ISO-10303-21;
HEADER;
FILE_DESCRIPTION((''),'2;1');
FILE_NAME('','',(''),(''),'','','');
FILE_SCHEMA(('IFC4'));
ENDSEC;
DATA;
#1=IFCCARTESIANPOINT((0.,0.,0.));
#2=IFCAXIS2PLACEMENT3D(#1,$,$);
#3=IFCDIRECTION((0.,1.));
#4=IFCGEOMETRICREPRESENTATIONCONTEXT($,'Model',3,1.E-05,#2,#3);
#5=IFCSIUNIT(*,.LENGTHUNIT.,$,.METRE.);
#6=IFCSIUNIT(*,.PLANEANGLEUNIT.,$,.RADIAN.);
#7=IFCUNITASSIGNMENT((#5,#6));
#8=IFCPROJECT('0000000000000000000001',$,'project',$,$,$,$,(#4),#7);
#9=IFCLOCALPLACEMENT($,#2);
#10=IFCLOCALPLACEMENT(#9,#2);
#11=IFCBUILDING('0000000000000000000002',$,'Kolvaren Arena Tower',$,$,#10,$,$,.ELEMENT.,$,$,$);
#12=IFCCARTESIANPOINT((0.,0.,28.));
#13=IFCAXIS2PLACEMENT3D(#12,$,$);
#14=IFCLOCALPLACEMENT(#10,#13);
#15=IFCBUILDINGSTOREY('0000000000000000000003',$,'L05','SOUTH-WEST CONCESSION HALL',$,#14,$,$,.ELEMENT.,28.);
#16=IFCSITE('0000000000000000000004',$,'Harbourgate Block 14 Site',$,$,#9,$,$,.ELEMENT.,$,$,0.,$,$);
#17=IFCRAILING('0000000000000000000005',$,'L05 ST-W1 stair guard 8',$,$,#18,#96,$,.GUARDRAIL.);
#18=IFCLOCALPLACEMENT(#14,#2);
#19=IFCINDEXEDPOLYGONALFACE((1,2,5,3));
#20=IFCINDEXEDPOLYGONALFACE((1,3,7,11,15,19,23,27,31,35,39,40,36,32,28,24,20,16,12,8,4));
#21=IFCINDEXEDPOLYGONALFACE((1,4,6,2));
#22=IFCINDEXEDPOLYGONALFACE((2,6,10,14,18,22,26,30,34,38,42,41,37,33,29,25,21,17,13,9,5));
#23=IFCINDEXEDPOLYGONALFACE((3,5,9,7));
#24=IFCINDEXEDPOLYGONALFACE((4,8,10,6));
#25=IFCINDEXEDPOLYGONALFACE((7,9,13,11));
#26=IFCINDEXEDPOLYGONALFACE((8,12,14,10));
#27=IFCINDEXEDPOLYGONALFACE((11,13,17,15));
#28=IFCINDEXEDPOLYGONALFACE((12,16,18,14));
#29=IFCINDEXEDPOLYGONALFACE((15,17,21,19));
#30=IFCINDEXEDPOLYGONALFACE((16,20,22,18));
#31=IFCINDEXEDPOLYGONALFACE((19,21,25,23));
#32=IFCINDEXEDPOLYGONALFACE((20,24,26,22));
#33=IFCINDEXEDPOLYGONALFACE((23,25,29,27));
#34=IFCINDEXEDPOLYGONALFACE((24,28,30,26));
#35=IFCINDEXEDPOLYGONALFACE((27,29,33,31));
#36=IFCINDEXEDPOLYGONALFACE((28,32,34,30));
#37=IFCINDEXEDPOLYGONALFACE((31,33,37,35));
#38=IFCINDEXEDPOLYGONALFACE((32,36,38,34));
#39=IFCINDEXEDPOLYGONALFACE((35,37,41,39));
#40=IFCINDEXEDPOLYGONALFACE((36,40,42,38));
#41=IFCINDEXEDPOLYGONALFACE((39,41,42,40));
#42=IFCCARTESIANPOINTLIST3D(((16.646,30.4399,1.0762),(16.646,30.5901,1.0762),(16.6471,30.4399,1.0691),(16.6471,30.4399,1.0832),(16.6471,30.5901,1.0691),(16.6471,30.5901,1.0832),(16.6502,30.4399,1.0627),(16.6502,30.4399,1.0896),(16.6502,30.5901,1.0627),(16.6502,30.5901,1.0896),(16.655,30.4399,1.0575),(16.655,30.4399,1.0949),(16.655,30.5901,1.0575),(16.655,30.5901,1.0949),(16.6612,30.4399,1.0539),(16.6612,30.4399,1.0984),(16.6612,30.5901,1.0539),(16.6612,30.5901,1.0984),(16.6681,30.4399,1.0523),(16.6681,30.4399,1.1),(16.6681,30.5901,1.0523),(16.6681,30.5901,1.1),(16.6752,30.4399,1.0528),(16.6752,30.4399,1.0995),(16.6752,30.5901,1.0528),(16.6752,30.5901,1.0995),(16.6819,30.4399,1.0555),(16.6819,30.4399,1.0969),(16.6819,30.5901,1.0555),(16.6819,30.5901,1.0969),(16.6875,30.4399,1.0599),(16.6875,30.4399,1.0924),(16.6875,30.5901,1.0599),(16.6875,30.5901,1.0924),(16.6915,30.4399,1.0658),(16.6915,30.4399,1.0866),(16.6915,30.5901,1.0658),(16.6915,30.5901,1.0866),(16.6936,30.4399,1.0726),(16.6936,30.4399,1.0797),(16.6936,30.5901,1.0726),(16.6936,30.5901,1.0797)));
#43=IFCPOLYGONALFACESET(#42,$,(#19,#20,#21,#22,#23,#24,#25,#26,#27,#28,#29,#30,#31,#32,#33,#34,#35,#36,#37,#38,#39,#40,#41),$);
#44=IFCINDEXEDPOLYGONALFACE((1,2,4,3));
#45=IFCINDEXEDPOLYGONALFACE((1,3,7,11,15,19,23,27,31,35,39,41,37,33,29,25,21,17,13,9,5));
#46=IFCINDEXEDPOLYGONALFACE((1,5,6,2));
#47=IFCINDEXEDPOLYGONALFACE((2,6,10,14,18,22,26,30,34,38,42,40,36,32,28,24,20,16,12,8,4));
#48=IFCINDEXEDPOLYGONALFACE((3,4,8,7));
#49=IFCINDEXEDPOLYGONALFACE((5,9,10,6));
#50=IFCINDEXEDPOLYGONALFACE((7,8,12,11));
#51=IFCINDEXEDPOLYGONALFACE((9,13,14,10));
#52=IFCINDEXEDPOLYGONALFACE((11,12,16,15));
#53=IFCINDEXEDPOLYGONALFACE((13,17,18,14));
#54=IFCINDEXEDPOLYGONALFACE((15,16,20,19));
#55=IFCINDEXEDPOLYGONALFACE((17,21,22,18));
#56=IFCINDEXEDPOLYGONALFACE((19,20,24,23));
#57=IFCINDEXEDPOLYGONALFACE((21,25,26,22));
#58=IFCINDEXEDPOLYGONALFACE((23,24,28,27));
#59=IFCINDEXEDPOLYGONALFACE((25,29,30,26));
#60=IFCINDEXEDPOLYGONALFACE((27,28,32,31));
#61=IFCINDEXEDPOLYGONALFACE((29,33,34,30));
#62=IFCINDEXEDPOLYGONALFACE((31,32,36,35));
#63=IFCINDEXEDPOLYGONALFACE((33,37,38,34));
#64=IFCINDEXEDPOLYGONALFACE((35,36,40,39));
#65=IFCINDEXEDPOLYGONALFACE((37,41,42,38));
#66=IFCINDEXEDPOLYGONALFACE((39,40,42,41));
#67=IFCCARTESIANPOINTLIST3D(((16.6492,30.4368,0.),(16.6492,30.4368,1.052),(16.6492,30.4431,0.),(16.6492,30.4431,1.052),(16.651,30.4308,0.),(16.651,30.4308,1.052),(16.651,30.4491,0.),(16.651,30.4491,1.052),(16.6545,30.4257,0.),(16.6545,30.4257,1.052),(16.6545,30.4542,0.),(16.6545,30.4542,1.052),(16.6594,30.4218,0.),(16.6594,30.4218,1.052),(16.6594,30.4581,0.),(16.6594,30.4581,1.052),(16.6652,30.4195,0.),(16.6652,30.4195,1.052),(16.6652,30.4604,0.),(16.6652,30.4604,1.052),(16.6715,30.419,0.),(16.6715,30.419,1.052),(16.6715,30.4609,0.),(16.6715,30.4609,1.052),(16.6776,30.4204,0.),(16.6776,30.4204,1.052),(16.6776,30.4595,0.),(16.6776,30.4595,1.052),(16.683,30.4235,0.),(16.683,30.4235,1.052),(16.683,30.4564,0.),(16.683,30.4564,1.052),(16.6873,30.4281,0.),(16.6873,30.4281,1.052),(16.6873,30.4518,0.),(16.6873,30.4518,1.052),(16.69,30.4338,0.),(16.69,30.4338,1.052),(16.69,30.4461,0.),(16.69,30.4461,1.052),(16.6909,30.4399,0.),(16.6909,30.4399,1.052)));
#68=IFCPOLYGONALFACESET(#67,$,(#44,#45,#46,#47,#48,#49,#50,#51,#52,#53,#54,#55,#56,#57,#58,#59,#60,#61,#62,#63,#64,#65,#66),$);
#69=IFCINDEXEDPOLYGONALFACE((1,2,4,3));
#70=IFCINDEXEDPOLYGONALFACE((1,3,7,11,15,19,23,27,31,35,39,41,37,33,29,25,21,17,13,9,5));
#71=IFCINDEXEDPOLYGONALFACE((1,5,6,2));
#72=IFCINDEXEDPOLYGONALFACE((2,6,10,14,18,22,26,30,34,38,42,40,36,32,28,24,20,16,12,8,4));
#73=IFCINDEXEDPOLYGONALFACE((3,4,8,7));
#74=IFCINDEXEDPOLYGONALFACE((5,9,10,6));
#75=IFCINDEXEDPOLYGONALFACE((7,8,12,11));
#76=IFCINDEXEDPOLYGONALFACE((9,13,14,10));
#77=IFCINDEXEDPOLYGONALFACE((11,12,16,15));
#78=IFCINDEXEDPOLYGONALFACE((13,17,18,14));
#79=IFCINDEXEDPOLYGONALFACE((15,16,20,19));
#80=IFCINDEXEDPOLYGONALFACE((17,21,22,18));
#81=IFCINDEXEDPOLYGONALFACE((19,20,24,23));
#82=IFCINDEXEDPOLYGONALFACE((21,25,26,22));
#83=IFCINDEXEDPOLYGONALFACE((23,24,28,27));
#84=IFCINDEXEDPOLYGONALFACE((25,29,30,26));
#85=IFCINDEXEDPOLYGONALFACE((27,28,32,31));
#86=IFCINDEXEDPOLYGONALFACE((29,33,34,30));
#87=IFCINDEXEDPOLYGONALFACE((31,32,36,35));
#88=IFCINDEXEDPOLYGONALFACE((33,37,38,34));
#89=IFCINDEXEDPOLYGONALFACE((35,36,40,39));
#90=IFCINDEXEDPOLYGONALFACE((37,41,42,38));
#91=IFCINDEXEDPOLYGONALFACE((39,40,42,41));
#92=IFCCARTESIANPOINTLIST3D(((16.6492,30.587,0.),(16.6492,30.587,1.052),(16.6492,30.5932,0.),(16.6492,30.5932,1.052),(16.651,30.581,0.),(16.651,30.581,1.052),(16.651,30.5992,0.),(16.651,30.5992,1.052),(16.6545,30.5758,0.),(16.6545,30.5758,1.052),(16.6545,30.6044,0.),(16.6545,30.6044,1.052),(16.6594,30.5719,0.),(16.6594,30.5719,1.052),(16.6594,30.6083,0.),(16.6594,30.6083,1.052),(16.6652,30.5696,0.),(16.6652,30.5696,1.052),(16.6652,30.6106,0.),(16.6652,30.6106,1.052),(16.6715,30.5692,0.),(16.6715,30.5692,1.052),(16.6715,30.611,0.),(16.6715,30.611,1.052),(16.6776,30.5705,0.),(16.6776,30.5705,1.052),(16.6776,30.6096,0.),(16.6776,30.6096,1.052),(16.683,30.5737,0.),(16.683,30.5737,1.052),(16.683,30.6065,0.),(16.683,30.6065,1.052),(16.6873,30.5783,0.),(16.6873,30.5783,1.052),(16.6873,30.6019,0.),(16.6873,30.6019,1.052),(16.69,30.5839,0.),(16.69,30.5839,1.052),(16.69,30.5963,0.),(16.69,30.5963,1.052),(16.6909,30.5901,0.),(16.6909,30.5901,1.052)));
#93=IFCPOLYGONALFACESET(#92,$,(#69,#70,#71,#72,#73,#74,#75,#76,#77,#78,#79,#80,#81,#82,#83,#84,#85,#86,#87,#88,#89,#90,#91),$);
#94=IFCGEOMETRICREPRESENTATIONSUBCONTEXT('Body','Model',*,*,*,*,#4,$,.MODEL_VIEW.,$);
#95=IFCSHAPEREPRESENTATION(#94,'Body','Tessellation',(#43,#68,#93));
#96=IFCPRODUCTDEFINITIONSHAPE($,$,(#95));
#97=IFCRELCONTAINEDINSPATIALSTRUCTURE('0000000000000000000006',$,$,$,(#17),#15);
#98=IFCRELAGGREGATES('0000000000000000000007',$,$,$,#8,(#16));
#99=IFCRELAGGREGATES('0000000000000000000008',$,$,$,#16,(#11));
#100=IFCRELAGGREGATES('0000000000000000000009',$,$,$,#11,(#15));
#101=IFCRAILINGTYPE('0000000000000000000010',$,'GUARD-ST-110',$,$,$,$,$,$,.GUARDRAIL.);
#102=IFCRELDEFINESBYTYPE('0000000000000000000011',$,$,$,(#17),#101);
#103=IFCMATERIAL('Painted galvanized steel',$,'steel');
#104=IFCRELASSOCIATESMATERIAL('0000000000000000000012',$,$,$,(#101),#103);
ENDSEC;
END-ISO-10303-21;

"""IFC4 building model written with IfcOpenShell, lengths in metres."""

from ifc_helpers import new_model, si_unit, direction, frame, origin, origin_2d, place, context, subcontext, project, spatial, circle, extrude, material, type_object, element, save


model = new_model("IFC4")

# Units and contexts
model_context = context("Model", 3, precision=1e-05, world=origin(), true_north=direction((0.0, 1.0)))
body_context = subcontext(model_context, "Body", "Model", "MODEL_VIEW")
ifc_project = project(units=[si_unit("LENGTHUNIT", "METRE"), si_unit("PLANEANGLEUNIT", "RADIAN")], contexts=[model_context])

# Site, building, storey
site_placement = place(None, origin())
site = spatial("IfcSite", under=ifc_project, at=site_placement, Name="Harbourgate Block 14 Site", CompositionType="ELEMENT", RefElevation=0.0)
building_placement = place(site_placement, origin())
building = spatial("IfcBuilding", under=site, at=building_placement, Name="Kolvaren Arena Tower", CompositionType="ELEMENT")
storey_placement = place(building_placement, frame((0.0, 0.0, 28.0)))
storey = spatial("IfcBuildingStorey", under=building, at=storey_placement, Name="L05", Description="SOUTH-WEST CONCESSION HALL", CompositionType="ELEMENT", Elevation=28.0)

# Railing
ifc_material_1 = material(Name="Painted galvanized steel", Category="steel")
railing_type_1 = type_object("IfcRailingType", Name="GUARD-ST-110", PredefinedType="GUARDRAIL", material=ifc_material_1)
railing_1_placement = place(storey_placement, frame((16.6699, 30.4399, 0.0)))
element("IfcRailing", 1, at=railing_1_placement, inside=storey, type_object=railing_type_1, Name="L05 ST-W1 stair guard 8", PredefinedType="GUARDRAIL", context=body_context, shape_type="SweptSolid", body=[
    extrude(circle(Radius=0.0239, at=origin_2d()), frame((0.0, 0.0, 1.0762), z_axis=(0.0, 1.0, 0.0), x_axis=(-1.0, 0.0, 0.0)), (0.0, 0.0, 1.0), 0.1501),
    extrude(circle(Radius=0.021, at=origin_2d()), origin(), (0.0, 0.0, 1.0), 1.052),
    extrude(circle(Radius=0.021, at=origin_2d()), frame((0.0, 0.1501, 0.0)), (0.0, 0.0, 1.0), 1.052),
])

save(model, "model.ifc")
